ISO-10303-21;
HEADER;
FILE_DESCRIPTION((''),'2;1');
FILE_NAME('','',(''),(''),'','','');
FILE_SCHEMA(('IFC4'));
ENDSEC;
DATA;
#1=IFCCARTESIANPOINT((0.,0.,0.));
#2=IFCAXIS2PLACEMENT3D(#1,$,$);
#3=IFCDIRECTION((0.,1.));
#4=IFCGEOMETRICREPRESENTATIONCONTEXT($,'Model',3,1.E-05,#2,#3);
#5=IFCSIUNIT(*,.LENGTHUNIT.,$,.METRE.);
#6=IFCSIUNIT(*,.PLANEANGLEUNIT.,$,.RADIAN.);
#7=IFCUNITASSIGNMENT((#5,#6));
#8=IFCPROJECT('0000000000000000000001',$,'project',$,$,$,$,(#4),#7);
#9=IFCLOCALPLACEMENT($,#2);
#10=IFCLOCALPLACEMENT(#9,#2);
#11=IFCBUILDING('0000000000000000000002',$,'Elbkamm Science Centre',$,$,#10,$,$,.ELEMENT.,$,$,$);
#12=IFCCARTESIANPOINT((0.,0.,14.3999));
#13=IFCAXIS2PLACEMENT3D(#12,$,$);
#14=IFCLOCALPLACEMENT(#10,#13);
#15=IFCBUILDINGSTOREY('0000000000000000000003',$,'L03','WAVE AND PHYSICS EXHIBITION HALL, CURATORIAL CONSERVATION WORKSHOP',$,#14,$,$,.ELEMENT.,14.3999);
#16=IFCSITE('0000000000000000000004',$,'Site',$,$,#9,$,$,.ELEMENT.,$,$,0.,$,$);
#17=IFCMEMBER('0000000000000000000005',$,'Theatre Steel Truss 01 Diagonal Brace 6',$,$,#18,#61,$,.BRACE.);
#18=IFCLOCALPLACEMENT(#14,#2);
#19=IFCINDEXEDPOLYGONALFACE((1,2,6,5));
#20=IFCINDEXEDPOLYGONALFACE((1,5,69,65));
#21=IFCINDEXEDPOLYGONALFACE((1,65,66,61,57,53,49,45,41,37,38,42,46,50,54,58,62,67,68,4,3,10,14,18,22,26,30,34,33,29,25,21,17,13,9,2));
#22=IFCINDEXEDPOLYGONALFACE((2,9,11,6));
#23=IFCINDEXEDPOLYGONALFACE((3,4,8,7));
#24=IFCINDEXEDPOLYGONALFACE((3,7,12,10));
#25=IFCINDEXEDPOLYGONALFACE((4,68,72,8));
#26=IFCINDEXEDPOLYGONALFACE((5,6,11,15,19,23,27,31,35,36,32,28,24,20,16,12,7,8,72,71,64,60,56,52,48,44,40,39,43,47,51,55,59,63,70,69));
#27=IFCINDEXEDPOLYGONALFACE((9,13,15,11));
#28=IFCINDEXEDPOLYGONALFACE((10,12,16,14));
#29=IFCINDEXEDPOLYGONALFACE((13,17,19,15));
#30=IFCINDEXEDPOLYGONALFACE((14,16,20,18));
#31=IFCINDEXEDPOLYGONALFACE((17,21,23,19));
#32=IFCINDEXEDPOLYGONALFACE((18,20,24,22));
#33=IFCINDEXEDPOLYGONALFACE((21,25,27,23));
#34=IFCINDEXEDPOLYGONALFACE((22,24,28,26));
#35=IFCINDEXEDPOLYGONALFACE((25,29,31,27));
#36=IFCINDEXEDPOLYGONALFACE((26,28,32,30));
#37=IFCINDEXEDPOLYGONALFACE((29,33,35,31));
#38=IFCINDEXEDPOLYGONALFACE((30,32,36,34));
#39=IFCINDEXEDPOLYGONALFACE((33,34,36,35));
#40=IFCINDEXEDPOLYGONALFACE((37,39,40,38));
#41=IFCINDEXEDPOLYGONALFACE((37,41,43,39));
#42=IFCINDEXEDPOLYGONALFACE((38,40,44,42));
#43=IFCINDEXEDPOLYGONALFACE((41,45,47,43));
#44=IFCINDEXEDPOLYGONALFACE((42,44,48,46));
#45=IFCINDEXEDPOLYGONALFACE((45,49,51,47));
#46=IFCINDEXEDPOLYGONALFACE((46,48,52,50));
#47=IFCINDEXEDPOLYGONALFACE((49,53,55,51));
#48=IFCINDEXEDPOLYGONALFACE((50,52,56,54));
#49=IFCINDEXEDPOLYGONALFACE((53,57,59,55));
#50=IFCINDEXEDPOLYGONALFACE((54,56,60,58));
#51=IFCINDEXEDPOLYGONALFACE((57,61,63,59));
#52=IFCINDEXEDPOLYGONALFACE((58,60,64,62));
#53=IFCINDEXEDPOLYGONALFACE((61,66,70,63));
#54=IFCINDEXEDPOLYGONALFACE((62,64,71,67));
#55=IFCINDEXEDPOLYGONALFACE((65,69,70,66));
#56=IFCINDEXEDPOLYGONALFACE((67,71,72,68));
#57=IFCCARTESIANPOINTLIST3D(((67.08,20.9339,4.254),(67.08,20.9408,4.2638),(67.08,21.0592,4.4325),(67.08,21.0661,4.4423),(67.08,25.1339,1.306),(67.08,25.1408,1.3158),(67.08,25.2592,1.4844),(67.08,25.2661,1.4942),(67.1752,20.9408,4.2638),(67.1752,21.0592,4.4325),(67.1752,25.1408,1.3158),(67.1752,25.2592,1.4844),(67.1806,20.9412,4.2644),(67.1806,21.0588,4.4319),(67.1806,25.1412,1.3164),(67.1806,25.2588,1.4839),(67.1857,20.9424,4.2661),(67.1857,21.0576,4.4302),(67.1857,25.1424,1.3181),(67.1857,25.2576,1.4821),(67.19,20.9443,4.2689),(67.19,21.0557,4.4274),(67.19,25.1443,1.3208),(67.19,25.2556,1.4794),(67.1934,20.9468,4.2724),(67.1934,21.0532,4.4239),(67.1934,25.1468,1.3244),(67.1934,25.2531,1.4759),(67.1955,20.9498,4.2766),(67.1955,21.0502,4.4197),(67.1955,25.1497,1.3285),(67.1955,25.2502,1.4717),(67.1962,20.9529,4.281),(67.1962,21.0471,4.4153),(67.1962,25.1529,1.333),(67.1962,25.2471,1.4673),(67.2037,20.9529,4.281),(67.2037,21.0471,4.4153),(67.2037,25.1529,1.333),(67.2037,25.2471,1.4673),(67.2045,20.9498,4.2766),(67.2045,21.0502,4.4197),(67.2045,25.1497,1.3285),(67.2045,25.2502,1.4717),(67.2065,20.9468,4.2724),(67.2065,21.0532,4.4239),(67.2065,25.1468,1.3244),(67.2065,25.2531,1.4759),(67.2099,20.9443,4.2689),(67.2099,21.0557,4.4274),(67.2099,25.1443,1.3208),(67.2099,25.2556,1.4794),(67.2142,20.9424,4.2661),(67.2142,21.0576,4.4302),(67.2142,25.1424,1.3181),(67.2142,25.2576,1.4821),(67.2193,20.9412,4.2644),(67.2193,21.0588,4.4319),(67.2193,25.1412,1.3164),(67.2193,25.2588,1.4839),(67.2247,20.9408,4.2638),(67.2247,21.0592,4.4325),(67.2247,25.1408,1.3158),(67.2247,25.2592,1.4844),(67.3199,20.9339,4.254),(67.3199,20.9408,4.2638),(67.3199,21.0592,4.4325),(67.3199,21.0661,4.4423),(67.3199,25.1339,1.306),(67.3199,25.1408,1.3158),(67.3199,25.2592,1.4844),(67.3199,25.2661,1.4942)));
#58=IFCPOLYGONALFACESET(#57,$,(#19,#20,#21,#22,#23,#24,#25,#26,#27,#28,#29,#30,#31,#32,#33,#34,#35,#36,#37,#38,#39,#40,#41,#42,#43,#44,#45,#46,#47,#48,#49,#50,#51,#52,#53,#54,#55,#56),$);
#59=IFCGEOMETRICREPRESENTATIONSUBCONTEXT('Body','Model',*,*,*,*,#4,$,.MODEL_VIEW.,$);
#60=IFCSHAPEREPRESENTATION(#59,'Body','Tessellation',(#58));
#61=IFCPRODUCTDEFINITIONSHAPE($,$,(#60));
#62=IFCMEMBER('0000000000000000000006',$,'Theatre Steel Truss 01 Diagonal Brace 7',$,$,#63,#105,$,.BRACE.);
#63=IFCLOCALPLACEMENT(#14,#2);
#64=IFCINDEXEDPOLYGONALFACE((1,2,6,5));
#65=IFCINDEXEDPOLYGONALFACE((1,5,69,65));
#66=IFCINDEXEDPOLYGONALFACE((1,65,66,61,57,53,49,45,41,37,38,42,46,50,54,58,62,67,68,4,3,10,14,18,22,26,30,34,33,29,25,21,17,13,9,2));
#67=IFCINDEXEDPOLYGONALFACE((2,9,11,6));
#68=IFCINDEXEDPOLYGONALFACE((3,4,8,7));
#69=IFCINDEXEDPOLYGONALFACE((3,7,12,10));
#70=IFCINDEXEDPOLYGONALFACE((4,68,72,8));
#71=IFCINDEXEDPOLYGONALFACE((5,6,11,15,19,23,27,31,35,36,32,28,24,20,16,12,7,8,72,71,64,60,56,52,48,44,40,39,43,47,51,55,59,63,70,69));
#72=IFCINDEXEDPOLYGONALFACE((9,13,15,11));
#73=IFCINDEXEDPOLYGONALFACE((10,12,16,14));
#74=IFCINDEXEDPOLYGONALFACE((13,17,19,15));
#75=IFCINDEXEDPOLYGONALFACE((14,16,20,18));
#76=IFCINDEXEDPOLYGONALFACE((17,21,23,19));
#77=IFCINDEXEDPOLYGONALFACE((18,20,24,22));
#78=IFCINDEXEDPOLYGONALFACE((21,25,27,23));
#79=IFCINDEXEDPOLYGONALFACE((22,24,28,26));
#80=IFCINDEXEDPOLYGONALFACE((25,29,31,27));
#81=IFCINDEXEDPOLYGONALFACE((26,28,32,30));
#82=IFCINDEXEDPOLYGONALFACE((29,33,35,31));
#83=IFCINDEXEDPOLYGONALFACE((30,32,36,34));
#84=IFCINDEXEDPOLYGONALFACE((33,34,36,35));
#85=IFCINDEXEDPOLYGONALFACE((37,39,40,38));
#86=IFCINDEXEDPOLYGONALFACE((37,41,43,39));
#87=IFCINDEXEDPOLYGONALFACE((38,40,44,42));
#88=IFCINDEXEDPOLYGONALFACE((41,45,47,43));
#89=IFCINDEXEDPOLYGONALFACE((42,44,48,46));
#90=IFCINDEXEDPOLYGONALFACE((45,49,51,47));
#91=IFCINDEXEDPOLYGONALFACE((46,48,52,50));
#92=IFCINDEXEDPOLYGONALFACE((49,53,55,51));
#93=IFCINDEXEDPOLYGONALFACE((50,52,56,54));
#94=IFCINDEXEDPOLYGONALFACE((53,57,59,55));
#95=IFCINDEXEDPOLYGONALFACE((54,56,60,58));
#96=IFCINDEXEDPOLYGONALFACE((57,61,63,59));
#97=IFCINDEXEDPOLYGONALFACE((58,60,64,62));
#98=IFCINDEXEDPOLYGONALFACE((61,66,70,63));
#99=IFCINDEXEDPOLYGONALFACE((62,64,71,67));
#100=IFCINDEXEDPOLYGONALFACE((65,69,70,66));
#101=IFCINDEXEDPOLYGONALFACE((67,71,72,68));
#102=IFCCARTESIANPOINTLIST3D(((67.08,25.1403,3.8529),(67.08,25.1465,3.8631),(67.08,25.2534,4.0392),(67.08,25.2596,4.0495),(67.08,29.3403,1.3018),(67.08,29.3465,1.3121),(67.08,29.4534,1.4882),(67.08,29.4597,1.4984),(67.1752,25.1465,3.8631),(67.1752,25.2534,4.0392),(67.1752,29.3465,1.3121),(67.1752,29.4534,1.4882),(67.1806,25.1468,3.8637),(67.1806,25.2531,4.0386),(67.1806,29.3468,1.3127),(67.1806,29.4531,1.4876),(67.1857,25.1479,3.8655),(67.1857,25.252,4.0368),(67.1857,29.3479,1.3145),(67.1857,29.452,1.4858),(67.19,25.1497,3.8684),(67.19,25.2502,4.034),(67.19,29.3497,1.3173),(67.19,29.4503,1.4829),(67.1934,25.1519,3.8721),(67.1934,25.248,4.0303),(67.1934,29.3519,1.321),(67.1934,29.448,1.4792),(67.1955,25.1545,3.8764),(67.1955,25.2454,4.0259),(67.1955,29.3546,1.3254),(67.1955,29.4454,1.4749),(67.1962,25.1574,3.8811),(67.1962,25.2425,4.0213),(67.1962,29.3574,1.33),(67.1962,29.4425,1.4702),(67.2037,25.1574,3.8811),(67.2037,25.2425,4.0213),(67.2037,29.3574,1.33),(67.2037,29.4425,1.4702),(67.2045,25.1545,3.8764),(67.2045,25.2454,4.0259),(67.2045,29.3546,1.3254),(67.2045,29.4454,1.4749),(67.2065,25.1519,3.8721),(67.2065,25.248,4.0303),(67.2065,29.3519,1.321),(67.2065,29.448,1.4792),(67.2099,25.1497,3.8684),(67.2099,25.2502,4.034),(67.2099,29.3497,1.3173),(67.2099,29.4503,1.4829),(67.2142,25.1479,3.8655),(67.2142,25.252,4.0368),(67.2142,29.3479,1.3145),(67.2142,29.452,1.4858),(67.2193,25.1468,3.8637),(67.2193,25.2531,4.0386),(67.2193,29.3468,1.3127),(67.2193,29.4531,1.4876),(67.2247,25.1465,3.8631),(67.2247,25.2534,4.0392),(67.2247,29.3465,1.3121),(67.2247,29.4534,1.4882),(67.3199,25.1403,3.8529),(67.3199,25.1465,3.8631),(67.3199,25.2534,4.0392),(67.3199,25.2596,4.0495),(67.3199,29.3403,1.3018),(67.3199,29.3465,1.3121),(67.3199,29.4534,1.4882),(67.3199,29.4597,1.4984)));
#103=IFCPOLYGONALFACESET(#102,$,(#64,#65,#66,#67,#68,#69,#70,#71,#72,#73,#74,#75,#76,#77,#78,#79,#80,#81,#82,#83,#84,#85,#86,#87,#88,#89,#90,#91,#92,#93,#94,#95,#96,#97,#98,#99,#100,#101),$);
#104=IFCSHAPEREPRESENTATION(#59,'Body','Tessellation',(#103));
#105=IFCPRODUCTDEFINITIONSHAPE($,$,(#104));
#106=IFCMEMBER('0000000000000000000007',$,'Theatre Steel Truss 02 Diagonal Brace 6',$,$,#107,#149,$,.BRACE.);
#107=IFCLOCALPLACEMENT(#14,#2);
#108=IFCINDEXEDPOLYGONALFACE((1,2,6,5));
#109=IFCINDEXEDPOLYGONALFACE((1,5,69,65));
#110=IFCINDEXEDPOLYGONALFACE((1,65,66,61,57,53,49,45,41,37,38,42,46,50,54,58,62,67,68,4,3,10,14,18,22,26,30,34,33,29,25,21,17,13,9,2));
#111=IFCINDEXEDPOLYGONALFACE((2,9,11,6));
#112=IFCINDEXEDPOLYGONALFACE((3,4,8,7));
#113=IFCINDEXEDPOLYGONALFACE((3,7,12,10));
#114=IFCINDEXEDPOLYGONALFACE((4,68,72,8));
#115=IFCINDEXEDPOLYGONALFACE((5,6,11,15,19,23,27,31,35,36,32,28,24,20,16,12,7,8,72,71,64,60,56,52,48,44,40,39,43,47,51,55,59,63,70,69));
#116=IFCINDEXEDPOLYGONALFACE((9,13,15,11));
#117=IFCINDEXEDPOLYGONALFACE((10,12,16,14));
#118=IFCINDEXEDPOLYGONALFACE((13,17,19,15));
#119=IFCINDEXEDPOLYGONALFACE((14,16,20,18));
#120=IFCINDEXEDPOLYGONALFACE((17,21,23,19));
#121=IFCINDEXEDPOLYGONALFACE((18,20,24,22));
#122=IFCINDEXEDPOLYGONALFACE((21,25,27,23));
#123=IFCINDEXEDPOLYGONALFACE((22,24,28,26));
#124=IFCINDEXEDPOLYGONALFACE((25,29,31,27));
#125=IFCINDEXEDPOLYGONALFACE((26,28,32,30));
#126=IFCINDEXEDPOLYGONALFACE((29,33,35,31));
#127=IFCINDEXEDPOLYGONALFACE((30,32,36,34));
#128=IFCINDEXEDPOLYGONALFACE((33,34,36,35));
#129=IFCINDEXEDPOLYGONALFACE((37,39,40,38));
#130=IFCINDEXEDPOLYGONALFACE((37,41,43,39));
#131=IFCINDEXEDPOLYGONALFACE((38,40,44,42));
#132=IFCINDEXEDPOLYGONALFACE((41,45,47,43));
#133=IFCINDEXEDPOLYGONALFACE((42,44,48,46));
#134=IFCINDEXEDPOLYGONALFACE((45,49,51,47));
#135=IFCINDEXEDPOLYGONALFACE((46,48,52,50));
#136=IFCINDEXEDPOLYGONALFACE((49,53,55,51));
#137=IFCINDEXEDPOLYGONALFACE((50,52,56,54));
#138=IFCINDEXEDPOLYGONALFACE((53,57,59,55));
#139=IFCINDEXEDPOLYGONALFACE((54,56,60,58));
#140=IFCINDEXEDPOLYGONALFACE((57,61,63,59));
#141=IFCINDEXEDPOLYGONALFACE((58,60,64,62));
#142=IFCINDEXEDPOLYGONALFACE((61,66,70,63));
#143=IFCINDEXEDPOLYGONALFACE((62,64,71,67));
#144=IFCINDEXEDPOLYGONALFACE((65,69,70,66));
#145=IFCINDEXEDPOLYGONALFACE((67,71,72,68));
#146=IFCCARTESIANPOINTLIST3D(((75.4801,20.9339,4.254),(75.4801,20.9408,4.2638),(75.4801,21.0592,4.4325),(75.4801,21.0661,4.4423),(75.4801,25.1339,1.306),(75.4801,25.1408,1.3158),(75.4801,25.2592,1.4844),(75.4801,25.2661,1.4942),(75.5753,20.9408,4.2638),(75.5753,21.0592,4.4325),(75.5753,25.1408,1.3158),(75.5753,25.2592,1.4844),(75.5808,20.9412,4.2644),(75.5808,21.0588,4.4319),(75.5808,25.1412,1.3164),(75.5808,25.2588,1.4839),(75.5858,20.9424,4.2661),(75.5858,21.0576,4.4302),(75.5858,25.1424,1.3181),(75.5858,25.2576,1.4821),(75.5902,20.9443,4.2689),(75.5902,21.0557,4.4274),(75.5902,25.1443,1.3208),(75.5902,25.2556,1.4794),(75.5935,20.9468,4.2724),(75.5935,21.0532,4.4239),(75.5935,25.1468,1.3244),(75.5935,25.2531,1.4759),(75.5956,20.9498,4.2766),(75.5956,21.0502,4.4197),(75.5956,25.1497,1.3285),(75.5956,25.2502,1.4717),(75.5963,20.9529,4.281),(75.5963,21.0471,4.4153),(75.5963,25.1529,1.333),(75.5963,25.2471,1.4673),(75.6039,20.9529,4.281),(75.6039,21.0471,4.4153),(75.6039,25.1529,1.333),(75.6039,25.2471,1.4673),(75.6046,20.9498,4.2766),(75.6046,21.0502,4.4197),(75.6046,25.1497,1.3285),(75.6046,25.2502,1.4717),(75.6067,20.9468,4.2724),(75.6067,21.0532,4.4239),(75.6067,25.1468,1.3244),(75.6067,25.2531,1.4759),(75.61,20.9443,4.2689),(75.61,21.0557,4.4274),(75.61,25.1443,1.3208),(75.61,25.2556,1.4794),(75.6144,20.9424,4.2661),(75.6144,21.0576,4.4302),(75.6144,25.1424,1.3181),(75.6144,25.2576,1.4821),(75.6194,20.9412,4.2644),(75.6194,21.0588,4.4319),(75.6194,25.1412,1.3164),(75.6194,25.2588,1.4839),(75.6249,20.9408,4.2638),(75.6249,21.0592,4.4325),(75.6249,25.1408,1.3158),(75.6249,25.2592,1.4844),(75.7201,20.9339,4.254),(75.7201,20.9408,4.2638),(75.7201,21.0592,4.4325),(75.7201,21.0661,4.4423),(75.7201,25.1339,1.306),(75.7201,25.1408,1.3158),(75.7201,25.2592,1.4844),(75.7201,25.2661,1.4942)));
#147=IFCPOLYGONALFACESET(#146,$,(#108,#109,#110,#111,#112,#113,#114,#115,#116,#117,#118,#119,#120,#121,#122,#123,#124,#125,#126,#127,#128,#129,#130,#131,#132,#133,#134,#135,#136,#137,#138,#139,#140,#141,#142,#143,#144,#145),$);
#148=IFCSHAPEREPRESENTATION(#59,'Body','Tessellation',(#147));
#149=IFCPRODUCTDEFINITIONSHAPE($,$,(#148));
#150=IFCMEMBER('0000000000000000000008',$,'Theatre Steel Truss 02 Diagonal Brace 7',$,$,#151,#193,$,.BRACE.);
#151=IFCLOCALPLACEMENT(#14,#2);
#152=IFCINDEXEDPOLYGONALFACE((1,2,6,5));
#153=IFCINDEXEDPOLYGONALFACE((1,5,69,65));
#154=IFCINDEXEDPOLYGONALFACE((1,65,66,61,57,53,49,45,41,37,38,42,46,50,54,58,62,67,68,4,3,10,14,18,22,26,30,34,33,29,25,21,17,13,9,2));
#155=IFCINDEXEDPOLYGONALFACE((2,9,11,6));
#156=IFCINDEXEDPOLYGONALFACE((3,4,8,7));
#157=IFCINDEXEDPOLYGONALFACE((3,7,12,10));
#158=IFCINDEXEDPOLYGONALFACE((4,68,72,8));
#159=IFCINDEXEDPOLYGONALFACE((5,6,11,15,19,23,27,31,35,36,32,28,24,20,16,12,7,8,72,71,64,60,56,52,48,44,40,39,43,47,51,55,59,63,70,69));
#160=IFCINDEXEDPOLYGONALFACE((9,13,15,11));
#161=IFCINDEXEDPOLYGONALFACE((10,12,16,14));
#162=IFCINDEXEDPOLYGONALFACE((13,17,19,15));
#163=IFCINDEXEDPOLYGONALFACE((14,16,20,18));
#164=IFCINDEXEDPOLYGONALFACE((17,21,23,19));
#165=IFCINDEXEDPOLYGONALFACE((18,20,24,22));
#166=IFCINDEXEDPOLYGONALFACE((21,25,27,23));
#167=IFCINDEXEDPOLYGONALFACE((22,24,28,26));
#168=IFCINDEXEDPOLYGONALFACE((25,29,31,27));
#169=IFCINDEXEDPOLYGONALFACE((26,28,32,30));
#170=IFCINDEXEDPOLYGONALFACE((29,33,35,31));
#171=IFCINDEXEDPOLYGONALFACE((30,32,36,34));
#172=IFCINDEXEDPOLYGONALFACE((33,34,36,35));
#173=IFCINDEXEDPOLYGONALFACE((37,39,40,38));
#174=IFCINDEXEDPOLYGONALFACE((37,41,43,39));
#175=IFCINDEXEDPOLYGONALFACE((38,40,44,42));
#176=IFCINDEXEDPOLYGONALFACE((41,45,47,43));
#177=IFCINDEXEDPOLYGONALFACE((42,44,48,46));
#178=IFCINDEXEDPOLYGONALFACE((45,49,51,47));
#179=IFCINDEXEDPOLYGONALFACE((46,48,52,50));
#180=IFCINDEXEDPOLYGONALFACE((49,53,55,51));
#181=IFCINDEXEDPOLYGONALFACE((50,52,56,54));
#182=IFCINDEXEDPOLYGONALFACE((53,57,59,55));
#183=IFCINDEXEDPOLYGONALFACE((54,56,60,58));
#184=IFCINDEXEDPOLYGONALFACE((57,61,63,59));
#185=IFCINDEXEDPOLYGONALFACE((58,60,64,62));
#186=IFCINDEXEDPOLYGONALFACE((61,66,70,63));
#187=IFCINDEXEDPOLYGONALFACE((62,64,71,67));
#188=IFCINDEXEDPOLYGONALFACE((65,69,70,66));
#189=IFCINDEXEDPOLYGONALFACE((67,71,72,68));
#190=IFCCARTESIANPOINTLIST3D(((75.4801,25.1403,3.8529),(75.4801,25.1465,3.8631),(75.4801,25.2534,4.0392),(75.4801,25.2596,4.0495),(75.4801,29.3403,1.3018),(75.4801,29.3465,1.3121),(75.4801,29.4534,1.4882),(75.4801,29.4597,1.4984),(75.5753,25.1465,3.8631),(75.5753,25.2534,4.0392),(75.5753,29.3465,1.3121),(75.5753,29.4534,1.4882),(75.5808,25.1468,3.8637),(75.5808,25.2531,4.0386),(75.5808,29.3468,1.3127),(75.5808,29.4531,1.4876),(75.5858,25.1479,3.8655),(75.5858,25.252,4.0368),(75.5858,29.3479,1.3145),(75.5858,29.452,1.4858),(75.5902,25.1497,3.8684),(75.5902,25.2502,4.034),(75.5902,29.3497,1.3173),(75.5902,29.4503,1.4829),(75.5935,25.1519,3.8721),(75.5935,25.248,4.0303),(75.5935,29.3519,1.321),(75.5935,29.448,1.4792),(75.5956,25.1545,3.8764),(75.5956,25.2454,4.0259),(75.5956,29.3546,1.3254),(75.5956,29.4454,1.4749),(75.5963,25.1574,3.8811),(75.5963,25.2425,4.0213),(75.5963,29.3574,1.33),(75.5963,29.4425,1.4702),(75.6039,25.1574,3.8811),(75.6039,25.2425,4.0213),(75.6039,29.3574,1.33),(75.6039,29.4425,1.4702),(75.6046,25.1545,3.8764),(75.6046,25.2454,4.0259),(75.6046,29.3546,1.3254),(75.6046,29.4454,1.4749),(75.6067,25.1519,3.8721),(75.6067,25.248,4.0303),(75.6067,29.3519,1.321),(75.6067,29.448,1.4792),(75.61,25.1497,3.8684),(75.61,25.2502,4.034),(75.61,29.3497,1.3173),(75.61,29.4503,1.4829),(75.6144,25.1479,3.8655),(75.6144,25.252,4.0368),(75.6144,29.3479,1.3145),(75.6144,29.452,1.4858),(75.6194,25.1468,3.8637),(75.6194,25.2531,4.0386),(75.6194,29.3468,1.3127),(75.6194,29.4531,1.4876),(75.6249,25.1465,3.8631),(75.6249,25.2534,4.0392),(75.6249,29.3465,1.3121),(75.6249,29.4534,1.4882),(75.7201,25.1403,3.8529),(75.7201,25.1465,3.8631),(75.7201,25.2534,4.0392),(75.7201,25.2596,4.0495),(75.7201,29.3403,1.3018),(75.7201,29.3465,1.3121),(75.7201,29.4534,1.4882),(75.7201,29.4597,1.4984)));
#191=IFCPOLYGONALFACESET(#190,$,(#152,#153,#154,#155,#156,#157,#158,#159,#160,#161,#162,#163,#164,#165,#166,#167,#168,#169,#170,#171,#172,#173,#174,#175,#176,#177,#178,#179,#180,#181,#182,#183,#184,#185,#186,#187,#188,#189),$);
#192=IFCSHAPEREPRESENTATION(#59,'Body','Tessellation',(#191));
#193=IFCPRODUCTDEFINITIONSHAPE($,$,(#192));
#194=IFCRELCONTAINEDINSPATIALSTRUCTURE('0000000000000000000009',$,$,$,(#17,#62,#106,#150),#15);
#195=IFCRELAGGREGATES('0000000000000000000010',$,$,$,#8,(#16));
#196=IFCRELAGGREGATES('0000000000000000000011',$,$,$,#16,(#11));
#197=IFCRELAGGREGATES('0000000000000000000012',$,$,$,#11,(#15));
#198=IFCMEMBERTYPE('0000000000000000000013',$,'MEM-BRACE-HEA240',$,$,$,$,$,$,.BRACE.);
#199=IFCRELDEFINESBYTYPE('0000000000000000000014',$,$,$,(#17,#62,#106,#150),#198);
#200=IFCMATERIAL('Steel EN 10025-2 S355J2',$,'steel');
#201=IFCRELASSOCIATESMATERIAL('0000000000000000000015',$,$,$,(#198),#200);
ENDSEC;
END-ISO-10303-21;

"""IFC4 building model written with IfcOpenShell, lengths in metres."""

from ifc_helpers import new_model, si_unit, direction, frame, origin, origin_2d, place, context, subcontext, project, spatial, i_section, extrude, material, material_profile, profile_set, type_object, element, save


model = new_model("IFC4")

# Units and contexts
model_context = context("Model", 3, precision=1e-05, world=origin(), true_north=direction((0.0, 1.0)))
body_context = subcontext(model_context, "Body", "Model", "MODEL_VIEW")
ifc_project = project(units=[si_unit("LENGTHUNIT", "METRE"), si_unit("PLANEANGLEUNIT", "RADIAN")], contexts=[model_context])

# Site, building, storey
site_placement = place(None, origin())
site = spatial("IfcSite", under=ifc_project, at=site_placement, Name="Site", CompositionType="ELEMENT", RefElevation=0.0)
building_placement = place(site_placement, origin())
building = spatial("IfcBuilding", under=site, at=building_placement, Name="Elbkamm Science Centre", CompositionType="ELEMENT")
storey_placement = place(building_placement, frame((0.0, 0.0, 14.3999)))
storey = spatial("IfcBuildingStorey", under=building, at=storey_placement, Name="L03", Description="WAVE AND PHYSICS EXHIBITION HALL, CURATORIAL CONSERVATION WORKSHOP", CompositionType="ELEMENT", Elevation=14.3999)

# Shared definitions
ifc_material_1 = material(Name="Steel EN 10025-2 S355J2", Category="steel")

# Members
ifc_material_profile_1 = material_profile(ifc_material_1, i_section(OverallWidth=0.24, OverallDepth=0.23, WebThickness=0.0076, FlangeThickness=0.012, FilletRadius=0.021, at=origin_2d()), Name="HEA 240")
ifc_profile_set_1 = profile_set([ifc_material_profile_1], Name="Steel EN 10025-2 S355J2")
member_type_1 = type_object("IfcMemberType", Name="MEM-BRACE-HEA240", PredefinedType="BRACE", material=ifc_profile_set_1)
member_1_placement = place(storey_placement, frame((67.2, 21.0, 4.3481), z_axis=(0.0, 0.818496, -0.574512), x_axis=(-1.0, 0.0, 0.0)))
element("IfcMember", 1, at=member_1_placement, inside=storey, type_object=member_type_1, Name="Theatre Steel Truss 01 Diagonal Brace 6", PredefinedType="BRACE", context=body_context, shape_type="SweptSolid", body=[
    extrude(i_section(OverallWidth=0.24, OverallDepth=0.23, WebThickness=0.0076, FlangeThickness=0.012, FilletRadius=0.021, at=origin_2d()), origin(), (0.0, 0.0, 1.0), 5.1313),
])
member_2_placement = place(storey_placement, frame((67.2, 25.2, 3.9512), z_axis=(0.0, 0.854692, -0.519135), x_axis=(-1.0, 0.0, 0.0)))
element("IfcMember", 2, at=member_2_placement, inside=storey, type_object=member_type_1, Name="Theatre Steel Truss 01 Diagonal Brace 7", PredefinedType="BRACE", context=body_context, shape_type="SweptSolid", body=[
    extrude(i_section(OverallWidth=0.24, OverallDepth=0.23, WebThickness=0.0076, FlangeThickness=0.012, FilletRadius=0.021, at=origin_2d()), origin(), (0.0, 0.0, 1.0), 4.9141),
])
member_3_placement = place(storey_placement, frame((75.6001, 21.0, 4.3481), z_axis=(0.0, 0.818496, -0.574512), x_axis=(-1.0, 0.0, 0.0)))
element("IfcMember", 3, at=member_3_placement, inside=storey, type_object=member_type_1, Name="Theatre Steel Truss 02 Diagonal Brace 6", PredefinedType="BRACE", context=body_context, shape_type="SweptSolid", body=[
    extrude(i_section(OverallWidth=0.24, OverallDepth=0.23, WebThickness=0.0076, FlangeThickness=0.012, FilletRadius=0.021, at=origin_2d()), origin(), (0.0, 0.0, 1.0), 5.1313),
])
member_4_placement = place(storey_placement, frame((75.6001, 25.2, 3.9512), z_axis=(0.0, 0.854692, -0.519135), x_axis=(-1.0, 0.0, 0.0)))
element("IfcMember", 4, at=member_4_placement, inside=storey, type_object=member_type_1, Name="Theatre Steel Truss 02 Diagonal Brace 7", PredefinedType="BRACE", context=body_context, shape_type="SweptSolid", body=[
    extrude(i_section(OverallWidth=0.24, OverallDepth=0.23, WebThickness=0.0076, FlangeThickness=0.012, FilletRadius=0.021, at=origin_2d()), origin(), (0.0, 0.0, 1.0), 4.9141),
])

save(model, "model.ifc")
